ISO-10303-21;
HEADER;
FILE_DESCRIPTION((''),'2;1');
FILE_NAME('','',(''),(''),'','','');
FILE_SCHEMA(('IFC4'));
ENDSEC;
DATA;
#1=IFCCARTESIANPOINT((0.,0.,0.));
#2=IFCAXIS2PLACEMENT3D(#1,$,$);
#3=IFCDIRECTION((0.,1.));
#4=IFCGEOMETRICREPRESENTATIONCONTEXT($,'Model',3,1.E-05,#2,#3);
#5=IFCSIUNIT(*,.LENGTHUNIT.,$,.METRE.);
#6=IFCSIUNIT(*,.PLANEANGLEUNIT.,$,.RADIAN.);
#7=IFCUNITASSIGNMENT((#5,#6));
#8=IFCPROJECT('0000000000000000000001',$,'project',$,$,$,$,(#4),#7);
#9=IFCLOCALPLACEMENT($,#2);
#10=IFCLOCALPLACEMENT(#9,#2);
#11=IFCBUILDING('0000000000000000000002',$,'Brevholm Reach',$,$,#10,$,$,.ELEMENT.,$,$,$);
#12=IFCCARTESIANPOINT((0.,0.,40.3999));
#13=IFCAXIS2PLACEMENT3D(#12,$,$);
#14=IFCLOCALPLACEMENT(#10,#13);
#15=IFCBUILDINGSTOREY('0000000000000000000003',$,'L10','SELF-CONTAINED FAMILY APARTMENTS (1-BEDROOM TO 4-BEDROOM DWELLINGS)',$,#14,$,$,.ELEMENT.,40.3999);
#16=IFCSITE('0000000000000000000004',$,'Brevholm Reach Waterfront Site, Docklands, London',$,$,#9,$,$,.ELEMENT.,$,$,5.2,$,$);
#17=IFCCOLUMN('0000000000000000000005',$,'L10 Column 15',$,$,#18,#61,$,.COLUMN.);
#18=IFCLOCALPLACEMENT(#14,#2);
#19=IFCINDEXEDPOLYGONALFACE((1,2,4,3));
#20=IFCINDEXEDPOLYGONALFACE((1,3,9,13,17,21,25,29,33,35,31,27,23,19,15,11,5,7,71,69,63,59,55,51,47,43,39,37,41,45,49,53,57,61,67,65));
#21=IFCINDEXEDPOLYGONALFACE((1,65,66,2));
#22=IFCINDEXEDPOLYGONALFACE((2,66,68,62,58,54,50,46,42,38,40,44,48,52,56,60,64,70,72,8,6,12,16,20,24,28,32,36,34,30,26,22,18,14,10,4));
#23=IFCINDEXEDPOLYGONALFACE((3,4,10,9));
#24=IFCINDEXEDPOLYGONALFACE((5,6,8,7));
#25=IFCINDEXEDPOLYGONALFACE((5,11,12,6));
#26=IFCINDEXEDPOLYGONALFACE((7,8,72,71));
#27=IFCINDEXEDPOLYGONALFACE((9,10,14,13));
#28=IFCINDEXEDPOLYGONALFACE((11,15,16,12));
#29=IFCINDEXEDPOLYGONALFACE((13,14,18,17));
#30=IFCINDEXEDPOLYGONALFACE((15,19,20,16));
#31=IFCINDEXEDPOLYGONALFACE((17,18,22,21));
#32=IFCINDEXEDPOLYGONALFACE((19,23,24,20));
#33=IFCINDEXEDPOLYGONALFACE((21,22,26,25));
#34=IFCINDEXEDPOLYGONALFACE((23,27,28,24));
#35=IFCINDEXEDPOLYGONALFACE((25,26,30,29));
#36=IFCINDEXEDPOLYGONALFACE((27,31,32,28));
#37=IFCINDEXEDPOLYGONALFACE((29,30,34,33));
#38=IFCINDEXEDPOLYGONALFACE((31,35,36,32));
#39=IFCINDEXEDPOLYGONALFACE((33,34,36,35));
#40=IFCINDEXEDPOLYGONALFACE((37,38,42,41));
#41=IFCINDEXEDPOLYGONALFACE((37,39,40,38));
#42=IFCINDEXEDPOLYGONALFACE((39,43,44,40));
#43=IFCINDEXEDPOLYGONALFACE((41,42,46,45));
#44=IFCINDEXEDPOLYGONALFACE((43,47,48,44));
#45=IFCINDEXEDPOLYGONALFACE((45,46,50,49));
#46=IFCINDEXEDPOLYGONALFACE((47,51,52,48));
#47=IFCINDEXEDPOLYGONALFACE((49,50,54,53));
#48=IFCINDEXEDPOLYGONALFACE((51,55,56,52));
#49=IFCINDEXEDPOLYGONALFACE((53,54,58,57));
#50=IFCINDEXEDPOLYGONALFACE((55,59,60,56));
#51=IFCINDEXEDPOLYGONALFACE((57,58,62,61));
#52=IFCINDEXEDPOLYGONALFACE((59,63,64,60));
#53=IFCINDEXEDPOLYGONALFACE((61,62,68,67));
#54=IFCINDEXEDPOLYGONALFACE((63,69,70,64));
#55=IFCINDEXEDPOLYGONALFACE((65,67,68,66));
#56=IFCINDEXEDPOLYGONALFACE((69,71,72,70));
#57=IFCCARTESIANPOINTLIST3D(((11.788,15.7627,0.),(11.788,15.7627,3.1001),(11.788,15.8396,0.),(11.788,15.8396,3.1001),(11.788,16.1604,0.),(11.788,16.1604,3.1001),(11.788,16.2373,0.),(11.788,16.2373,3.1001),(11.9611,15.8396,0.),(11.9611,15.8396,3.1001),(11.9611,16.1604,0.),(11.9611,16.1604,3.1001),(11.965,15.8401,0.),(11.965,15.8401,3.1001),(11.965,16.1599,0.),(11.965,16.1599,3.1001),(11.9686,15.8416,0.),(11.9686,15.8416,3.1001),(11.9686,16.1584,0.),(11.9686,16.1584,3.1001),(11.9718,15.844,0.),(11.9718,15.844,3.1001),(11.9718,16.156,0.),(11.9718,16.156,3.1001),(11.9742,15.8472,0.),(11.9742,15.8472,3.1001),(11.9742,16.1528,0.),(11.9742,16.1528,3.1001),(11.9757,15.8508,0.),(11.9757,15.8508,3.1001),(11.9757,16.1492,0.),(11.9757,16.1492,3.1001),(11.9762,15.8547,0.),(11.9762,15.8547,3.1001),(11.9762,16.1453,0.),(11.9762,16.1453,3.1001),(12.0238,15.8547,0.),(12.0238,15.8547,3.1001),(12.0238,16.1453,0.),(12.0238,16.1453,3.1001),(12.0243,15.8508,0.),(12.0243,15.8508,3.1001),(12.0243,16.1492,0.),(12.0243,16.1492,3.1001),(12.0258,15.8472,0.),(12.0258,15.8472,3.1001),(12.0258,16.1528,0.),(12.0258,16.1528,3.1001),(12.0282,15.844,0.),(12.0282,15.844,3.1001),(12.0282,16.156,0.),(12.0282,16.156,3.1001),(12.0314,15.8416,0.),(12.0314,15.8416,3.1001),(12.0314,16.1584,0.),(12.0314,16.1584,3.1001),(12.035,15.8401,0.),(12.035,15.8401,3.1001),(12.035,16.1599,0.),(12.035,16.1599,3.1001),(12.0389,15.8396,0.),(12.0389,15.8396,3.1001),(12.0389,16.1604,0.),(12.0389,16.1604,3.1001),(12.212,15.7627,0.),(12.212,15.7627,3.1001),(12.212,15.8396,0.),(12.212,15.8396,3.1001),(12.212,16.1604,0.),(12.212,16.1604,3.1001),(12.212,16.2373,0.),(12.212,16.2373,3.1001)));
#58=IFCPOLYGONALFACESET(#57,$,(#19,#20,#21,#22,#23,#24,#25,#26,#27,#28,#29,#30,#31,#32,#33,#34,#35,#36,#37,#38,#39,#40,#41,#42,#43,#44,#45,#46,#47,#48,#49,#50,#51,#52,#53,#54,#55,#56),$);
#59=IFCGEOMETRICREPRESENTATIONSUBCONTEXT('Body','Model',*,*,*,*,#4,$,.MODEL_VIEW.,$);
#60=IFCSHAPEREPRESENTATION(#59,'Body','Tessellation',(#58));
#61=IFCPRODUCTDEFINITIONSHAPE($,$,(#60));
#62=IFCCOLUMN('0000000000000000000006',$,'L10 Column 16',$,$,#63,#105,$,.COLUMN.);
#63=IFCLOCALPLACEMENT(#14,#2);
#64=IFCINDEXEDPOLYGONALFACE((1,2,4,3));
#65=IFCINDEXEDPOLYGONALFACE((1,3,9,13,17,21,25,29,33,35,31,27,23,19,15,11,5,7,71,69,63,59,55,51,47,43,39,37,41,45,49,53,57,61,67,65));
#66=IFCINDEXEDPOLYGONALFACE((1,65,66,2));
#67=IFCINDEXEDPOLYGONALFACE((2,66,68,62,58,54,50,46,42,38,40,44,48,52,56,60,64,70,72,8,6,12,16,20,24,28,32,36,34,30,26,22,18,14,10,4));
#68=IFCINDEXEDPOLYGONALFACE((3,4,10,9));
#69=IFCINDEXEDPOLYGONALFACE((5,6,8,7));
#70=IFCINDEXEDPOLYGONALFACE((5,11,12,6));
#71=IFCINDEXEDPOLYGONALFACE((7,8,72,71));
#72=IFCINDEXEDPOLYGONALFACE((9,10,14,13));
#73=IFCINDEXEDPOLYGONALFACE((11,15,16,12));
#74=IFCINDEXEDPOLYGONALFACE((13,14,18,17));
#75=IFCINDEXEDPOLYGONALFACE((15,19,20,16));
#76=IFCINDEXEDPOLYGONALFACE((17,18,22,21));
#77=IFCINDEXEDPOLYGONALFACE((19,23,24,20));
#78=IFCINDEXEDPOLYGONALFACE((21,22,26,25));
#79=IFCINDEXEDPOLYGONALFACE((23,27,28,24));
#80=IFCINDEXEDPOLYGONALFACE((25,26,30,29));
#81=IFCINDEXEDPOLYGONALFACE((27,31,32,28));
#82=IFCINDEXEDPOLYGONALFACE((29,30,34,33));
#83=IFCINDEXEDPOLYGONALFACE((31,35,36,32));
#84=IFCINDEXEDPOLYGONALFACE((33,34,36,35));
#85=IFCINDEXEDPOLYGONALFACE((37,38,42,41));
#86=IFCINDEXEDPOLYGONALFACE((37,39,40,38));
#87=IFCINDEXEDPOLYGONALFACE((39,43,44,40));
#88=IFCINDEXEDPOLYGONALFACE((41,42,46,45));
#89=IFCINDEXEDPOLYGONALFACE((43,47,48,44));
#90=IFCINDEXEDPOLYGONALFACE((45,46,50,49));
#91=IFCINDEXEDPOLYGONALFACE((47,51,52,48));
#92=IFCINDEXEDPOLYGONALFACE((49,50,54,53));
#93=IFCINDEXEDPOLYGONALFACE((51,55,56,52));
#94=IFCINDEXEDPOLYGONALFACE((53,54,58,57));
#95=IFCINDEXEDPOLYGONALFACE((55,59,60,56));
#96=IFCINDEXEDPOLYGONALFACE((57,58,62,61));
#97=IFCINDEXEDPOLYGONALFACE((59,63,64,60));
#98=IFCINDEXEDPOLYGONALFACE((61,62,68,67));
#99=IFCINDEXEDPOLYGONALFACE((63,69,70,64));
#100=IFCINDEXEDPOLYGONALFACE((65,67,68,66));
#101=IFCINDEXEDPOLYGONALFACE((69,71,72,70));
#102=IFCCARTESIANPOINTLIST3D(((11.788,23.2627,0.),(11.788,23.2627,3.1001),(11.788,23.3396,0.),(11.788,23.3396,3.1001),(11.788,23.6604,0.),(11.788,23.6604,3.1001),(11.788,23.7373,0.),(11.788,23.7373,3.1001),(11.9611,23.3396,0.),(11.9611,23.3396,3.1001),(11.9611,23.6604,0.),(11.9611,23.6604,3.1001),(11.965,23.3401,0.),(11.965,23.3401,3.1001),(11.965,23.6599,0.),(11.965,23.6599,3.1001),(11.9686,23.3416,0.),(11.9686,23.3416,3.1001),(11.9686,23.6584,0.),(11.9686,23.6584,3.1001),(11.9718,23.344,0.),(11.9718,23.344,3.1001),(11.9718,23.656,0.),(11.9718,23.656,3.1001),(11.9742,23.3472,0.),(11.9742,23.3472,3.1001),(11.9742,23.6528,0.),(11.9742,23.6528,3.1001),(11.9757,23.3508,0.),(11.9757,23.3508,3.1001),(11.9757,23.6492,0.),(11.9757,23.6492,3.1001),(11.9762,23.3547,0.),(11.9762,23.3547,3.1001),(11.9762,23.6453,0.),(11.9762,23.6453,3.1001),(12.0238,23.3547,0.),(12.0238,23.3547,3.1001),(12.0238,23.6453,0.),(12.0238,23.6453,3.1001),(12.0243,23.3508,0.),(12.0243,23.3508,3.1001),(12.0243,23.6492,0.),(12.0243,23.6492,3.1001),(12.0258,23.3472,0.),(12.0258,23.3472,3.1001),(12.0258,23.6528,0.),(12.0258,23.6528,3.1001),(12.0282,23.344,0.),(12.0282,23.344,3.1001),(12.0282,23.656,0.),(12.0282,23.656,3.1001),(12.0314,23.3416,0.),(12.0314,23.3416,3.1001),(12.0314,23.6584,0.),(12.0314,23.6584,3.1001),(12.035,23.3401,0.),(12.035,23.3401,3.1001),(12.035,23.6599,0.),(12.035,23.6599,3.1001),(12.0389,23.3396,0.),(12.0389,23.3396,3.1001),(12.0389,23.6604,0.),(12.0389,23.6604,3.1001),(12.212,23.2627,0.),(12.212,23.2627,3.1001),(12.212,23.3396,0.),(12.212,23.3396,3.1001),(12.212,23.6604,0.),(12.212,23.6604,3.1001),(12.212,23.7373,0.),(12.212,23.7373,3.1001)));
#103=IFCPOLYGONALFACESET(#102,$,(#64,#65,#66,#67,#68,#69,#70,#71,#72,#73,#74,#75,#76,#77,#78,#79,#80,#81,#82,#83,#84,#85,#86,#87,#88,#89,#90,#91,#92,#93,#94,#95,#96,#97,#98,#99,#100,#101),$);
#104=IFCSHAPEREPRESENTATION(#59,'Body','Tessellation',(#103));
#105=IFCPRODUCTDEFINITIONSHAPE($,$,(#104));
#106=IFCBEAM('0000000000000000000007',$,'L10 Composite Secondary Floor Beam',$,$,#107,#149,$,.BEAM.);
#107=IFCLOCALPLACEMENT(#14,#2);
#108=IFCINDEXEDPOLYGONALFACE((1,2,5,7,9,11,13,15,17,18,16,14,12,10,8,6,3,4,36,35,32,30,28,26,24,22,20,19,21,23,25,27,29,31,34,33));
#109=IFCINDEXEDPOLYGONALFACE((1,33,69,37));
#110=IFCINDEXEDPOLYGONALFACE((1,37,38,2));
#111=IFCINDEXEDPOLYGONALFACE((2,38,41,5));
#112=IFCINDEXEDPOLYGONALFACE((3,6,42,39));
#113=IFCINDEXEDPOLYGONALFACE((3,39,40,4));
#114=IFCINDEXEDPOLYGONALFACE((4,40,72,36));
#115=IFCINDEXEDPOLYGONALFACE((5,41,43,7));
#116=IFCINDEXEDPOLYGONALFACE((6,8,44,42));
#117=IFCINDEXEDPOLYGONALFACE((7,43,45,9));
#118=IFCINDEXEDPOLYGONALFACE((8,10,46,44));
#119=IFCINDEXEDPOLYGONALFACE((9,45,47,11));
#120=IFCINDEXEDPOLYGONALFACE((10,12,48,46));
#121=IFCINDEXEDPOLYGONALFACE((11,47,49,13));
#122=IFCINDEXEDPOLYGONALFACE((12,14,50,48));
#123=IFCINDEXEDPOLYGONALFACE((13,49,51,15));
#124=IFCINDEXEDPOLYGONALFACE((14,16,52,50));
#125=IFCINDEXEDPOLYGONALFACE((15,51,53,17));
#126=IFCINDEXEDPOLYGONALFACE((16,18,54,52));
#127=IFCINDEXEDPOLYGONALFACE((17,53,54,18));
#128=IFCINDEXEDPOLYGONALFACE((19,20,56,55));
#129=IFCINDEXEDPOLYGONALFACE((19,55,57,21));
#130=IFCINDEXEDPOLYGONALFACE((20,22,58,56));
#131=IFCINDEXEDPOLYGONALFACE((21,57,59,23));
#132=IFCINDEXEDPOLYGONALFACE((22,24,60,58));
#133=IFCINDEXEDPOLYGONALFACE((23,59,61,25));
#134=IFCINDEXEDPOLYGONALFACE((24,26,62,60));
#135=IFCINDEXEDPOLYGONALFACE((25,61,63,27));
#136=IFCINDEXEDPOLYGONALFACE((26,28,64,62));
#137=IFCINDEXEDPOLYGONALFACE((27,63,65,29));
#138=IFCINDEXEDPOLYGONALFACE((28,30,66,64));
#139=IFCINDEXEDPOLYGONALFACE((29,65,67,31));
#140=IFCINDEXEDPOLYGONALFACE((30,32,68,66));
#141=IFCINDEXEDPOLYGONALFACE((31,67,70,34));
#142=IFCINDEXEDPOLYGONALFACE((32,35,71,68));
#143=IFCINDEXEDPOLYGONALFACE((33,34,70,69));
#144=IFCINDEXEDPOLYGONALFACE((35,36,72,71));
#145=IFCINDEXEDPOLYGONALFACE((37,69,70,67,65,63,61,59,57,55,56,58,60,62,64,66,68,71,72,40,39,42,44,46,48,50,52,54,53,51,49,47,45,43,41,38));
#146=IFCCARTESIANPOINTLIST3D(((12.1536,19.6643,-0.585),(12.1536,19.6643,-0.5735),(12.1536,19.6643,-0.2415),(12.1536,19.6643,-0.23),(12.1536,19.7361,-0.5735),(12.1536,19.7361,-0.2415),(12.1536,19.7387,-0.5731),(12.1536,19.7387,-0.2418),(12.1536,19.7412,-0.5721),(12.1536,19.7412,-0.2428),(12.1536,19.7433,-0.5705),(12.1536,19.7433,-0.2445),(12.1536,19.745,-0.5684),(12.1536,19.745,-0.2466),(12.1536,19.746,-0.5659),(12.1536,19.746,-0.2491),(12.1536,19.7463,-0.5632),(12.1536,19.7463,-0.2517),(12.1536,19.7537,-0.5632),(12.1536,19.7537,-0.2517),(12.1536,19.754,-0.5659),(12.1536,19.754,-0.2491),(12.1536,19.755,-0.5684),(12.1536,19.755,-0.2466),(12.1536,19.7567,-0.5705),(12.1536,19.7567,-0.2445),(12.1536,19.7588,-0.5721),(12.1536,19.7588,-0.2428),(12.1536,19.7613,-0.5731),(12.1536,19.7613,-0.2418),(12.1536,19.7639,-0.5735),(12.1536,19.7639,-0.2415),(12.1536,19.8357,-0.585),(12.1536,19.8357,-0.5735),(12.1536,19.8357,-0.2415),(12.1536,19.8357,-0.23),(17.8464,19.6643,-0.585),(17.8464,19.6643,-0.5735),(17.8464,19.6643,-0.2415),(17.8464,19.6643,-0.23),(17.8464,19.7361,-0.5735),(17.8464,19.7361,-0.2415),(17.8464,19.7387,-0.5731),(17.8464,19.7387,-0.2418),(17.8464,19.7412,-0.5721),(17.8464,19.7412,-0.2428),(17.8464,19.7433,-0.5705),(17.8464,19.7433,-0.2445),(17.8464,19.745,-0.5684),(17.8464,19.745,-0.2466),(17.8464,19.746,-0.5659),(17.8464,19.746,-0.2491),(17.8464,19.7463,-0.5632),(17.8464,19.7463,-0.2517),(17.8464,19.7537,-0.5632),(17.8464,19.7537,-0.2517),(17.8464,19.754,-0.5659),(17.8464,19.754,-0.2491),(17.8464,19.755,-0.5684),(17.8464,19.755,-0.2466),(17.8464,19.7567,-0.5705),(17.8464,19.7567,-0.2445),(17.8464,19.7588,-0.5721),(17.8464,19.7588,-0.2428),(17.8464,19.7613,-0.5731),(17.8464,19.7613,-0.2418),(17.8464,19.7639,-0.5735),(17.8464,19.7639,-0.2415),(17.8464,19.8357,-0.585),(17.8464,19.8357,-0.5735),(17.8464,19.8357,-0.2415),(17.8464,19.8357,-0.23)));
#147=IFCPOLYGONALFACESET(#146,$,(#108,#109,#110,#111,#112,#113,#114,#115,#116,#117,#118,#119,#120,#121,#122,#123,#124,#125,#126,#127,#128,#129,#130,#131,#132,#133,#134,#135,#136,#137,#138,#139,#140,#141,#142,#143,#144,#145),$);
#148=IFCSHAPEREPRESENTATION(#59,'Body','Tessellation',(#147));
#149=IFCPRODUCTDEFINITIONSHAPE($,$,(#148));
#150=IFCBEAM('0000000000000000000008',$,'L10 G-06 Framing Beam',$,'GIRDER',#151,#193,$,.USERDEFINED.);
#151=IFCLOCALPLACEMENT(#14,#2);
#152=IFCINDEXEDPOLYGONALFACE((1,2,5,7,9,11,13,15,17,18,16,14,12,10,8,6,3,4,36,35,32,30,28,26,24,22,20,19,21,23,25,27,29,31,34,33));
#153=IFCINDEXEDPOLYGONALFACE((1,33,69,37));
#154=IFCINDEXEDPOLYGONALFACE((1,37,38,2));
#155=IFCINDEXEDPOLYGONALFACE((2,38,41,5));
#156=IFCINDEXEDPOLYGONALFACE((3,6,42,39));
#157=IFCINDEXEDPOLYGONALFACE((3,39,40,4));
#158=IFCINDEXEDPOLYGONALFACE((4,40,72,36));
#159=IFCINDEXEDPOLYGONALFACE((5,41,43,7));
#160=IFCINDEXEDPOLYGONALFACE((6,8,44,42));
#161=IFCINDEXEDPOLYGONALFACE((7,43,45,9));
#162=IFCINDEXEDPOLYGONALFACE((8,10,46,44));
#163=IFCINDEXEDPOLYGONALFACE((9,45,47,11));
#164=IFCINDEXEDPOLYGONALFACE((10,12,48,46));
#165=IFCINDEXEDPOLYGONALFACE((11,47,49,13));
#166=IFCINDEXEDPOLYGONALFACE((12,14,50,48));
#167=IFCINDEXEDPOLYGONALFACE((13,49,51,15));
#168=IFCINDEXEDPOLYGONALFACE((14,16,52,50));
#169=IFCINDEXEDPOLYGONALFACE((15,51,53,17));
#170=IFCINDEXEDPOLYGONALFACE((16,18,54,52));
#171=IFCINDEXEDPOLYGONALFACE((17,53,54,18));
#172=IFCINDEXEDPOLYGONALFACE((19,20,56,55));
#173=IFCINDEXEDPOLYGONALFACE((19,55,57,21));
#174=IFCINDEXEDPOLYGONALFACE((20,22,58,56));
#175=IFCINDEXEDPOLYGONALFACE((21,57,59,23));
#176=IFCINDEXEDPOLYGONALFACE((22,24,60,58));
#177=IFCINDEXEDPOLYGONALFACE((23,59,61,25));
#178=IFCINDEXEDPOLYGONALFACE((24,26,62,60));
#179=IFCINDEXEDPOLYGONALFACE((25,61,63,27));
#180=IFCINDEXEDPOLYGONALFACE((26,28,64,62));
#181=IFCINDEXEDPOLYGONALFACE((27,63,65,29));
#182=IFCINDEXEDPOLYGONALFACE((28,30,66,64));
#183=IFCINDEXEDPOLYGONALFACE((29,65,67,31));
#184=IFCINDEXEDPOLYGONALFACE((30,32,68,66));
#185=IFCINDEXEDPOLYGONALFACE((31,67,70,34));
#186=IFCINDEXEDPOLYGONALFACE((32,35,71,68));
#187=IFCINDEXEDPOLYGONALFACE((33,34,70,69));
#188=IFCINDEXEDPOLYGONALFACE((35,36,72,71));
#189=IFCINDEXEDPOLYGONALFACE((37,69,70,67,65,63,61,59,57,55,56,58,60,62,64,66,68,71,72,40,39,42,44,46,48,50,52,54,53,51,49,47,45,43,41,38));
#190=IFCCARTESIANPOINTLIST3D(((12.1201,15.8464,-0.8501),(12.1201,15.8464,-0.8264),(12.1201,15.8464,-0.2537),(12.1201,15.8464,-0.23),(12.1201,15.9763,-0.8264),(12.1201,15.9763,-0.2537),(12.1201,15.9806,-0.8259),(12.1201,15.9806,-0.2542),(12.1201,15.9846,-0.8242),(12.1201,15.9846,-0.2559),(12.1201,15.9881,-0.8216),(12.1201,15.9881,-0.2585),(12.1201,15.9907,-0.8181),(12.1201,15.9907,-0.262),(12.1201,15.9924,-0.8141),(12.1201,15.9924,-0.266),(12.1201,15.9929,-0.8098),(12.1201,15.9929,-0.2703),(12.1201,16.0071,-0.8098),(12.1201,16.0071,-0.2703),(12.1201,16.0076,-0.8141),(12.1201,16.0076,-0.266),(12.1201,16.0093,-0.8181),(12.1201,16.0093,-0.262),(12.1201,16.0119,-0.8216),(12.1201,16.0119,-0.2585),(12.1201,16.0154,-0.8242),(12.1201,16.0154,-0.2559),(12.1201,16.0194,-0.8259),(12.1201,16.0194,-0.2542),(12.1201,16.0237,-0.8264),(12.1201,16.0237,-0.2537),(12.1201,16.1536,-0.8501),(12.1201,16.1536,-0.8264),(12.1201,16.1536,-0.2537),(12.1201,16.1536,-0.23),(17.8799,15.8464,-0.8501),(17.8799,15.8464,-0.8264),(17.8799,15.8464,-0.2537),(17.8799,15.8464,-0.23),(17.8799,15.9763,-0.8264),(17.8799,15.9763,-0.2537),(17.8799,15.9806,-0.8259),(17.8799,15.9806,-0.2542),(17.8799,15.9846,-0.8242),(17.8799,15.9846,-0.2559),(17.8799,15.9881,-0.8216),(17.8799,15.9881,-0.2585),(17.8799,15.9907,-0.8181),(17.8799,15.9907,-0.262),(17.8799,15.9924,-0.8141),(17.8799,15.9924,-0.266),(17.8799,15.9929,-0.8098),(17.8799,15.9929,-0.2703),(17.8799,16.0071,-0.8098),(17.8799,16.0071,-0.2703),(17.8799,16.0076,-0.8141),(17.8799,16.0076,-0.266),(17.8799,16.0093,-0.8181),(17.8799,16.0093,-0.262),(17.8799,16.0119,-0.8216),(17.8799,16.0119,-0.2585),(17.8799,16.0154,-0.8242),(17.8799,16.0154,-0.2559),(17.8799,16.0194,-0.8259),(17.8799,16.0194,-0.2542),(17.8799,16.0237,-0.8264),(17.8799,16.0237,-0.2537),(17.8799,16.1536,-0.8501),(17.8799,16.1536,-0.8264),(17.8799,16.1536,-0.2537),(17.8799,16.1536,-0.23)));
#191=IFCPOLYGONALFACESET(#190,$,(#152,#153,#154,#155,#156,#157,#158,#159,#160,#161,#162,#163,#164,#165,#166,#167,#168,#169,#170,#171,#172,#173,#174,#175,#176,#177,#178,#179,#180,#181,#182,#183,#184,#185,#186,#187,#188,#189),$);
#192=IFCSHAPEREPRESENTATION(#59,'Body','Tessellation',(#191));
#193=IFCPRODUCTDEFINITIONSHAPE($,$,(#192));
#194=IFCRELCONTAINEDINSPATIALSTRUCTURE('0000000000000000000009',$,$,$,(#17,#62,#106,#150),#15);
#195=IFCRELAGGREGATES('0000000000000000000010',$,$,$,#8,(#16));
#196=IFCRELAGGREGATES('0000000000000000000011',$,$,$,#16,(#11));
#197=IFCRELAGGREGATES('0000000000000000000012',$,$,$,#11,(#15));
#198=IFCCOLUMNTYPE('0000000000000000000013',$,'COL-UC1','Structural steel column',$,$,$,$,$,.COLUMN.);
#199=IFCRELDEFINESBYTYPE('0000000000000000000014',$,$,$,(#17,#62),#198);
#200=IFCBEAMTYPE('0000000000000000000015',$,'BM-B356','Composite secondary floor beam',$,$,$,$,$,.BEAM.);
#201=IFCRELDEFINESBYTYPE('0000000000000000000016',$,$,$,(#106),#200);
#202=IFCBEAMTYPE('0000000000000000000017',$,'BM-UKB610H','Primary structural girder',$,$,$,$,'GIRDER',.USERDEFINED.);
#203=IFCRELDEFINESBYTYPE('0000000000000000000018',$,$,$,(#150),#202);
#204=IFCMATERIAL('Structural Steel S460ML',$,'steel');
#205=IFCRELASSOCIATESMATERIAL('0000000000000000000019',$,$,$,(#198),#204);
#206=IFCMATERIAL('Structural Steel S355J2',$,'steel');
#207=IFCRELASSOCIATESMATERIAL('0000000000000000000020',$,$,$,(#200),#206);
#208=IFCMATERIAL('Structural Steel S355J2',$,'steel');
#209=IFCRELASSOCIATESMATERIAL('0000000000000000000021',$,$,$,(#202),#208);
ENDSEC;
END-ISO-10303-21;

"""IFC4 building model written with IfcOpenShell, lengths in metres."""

from ifc_helpers import new_model, si_unit, direction, frame, origin, origin_2d, place, context, subcontext, project, spatial, i_section, extrude, material, material_profile, profile_set, type_object, element, save


model = new_model("IFC4")

# Units and contexts
model_context = context("Model", 3, precision=1e-05, world=origin(), true_north=direction((0.0, 1.0)))
body_context = subcontext(model_context, "Body", "Model", "MODEL_VIEW")
ifc_project = project(units=[si_unit("LENGTHUNIT", "METRE"), si_unit("PLANEANGLEUNIT", "RADIAN")], contexts=[model_context])

# Site, building, storey
site_placement = place(None, origin())
site = spatial("IfcSite", under=ifc_project, at=site_placement, Name="Brevholm Reach Waterfront Site, Docklands, London", CompositionType="ELEMENT", RefElevation=5.2)
building_placement = place(site_placement, origin())
building = spatial("IfcBuilding", under=site, at=building_placement, Name="Brevholm Reach", CompositionType="ELEMENT")
storey_placement = place(building_placement, frame((0.0, 0.0, 40.3999)))
storey = spatial("IfcBuildingStorey", under=building, at=storey_placement, Name="L10", Description="SELF-CONTAINED FAMILY APARTMENTS (1-BEDROOM TO 4-BEDROOM DWELLINGS)", CompositionType="ELEMENT", Elevation=40.3999)

# Columns
ifc_material_1 = material(Name="Structural Steel S460ML", Category="steel")
ifc_material_profile_1 = material_profile(ifc_material_1, i_section(OverallWidth=0.4241, OverallDepth=0.4746, WebThickness=0.0476, FlangeThickness=0.0769, FilletRadius=0.0151, at=origin_2d()), Name="UKC 356x406x634")
ifc_profile_set_1 = profile_set([ifc_material_profile_1], Name="Structural Steel S460ML")
column_type = type_object("IfcColumnType", Name="COL-UC1", Description="Structural steel column", PredefinedType="COLUMN", material=ifc_profile_set_1)
for number, where, z_axis, x_axis, name in (
    (1, (12.0, 16.0, 0.0), (0.0, 0.0, 1.0), (1.0, 0.0, 0.0), "L10 Column 15"),
    (2, (12.0, 23.5, 0.0), (0.0, 0.0, 1.0), (1.0, 0.0, 0.0), "L10 Column 16"),
):
    element("IfcColumn", number, at=place(storey_placement, frame(where, z_axis=z_axis, x_axis=x_axis)), inside=storey, type_object=column_type, Name=name, PredefinedType="COLUMN", context=body_context, shape_type="SweptSolid", body=[
        extrude(i_section(OverallWidth=0.4241, OverallDepth=0.4746, WebThickness=0.0476, FlangeThickness=0.0769, FilletRadius=0.0151, at=origin_2d()), origin(), (0.0, 0.0, 1.0), 3.1001),
    ])

# Beams
ifc_material_2 = material(Name="Structural Steel S355J2", Category="steel")
ifc_material_profile_2 = material_profile(ifc_material_2, i_section(OverallWidth=0.1714, OverallDepth=0.355, WebThickness=0.0073, FlangeThickness=0.0115, FilletRadius=0.0103, at=origin_2d()), Name="UKB 356x171x51")
ifc_profile_set_2 = profile_set([ifc_material_profile_2], Name="Structural Steel S355J2")
beam_type_1 = type_object("IfcBeamType", Name="BM-B356", Description="Composite secondary floor beam", PredefinedType="BEAM", material=ifc_profile_set_2)
beam_1_placement = place(storey_placement, frame((12.1536, 19.75, -0.4075), z_axis=(1.0, 0.0, 0.0), x_axis=(0.0, 1.0, 0.0)))
element("IfcBeam", 3, at=beam_1_placement, inside=storey, type_object=beam_type_1, Name="L10 Composite Secondary Floor Beam", PredefinedType="BEAM", context=body_context, shape_type="SweptSolid", body=[
    extrude(i_section(OverallWidth=0.1714, OverallDepth=0.355, WebThickness=0.0073, FlangeThickness=0.0115, FilletRadius=0.0103, at=origin_2d()), origin(), (0.0, 0.0, 1.0), 5.6929),
])
ifc_material_3 = material(Name="Structural Steel S355J2", Category="steel")
ifc_material_profile_3 = material_profile(ifc_material_3, i_section(OverallWidth=0.3071, OverallDepth=0.6201, WebThickness=0.0142, FlangeThickness=0.0237, FilletRadius=0.0166, at=origin_2d()), Name="UKB 610x305x179")
ifc_profile_set_3 = profile_set([ifc_material_profile_3], Name="Structural Steel S355J2")
beam_type_2 = type_object("IfcBeamType", Name="BM-UKB610H", Description="Primary structural girder", ElementType="GIRDER", PredefinedType="USERDEFINED", material=ifc_profile_set_3)
for number, where, z_axis, x_axis, name in (
    (4, (12.1201, 16.0, -0.54), (1.0, 0.0, 0.0), (0.0, 1.0, 0.0), "L10 G-06 Framing Beam"),
):
    element("IfcBeam", number, at=place(storey_placement, frame(where, z_axis=z_axis, x_axis=x_axis)), inside=storey, type_object=beam_type_2, Name=name, ObjectType="GIRDER", PredefinedType="USERDEFINED", context=body_context, shape_type="SweptSolid", body=[
        extrude(i_section(OverallWidth=0.3071, OverallDepth=0.6201, WebThickness=0.0142, FlangeThickness=0.0237, FilletRadius=0.0166, at=origin_2d()), origin(), (0.0, 0.0, 1.0), 5.7598),
    ])

save(model, "model.ifc")
